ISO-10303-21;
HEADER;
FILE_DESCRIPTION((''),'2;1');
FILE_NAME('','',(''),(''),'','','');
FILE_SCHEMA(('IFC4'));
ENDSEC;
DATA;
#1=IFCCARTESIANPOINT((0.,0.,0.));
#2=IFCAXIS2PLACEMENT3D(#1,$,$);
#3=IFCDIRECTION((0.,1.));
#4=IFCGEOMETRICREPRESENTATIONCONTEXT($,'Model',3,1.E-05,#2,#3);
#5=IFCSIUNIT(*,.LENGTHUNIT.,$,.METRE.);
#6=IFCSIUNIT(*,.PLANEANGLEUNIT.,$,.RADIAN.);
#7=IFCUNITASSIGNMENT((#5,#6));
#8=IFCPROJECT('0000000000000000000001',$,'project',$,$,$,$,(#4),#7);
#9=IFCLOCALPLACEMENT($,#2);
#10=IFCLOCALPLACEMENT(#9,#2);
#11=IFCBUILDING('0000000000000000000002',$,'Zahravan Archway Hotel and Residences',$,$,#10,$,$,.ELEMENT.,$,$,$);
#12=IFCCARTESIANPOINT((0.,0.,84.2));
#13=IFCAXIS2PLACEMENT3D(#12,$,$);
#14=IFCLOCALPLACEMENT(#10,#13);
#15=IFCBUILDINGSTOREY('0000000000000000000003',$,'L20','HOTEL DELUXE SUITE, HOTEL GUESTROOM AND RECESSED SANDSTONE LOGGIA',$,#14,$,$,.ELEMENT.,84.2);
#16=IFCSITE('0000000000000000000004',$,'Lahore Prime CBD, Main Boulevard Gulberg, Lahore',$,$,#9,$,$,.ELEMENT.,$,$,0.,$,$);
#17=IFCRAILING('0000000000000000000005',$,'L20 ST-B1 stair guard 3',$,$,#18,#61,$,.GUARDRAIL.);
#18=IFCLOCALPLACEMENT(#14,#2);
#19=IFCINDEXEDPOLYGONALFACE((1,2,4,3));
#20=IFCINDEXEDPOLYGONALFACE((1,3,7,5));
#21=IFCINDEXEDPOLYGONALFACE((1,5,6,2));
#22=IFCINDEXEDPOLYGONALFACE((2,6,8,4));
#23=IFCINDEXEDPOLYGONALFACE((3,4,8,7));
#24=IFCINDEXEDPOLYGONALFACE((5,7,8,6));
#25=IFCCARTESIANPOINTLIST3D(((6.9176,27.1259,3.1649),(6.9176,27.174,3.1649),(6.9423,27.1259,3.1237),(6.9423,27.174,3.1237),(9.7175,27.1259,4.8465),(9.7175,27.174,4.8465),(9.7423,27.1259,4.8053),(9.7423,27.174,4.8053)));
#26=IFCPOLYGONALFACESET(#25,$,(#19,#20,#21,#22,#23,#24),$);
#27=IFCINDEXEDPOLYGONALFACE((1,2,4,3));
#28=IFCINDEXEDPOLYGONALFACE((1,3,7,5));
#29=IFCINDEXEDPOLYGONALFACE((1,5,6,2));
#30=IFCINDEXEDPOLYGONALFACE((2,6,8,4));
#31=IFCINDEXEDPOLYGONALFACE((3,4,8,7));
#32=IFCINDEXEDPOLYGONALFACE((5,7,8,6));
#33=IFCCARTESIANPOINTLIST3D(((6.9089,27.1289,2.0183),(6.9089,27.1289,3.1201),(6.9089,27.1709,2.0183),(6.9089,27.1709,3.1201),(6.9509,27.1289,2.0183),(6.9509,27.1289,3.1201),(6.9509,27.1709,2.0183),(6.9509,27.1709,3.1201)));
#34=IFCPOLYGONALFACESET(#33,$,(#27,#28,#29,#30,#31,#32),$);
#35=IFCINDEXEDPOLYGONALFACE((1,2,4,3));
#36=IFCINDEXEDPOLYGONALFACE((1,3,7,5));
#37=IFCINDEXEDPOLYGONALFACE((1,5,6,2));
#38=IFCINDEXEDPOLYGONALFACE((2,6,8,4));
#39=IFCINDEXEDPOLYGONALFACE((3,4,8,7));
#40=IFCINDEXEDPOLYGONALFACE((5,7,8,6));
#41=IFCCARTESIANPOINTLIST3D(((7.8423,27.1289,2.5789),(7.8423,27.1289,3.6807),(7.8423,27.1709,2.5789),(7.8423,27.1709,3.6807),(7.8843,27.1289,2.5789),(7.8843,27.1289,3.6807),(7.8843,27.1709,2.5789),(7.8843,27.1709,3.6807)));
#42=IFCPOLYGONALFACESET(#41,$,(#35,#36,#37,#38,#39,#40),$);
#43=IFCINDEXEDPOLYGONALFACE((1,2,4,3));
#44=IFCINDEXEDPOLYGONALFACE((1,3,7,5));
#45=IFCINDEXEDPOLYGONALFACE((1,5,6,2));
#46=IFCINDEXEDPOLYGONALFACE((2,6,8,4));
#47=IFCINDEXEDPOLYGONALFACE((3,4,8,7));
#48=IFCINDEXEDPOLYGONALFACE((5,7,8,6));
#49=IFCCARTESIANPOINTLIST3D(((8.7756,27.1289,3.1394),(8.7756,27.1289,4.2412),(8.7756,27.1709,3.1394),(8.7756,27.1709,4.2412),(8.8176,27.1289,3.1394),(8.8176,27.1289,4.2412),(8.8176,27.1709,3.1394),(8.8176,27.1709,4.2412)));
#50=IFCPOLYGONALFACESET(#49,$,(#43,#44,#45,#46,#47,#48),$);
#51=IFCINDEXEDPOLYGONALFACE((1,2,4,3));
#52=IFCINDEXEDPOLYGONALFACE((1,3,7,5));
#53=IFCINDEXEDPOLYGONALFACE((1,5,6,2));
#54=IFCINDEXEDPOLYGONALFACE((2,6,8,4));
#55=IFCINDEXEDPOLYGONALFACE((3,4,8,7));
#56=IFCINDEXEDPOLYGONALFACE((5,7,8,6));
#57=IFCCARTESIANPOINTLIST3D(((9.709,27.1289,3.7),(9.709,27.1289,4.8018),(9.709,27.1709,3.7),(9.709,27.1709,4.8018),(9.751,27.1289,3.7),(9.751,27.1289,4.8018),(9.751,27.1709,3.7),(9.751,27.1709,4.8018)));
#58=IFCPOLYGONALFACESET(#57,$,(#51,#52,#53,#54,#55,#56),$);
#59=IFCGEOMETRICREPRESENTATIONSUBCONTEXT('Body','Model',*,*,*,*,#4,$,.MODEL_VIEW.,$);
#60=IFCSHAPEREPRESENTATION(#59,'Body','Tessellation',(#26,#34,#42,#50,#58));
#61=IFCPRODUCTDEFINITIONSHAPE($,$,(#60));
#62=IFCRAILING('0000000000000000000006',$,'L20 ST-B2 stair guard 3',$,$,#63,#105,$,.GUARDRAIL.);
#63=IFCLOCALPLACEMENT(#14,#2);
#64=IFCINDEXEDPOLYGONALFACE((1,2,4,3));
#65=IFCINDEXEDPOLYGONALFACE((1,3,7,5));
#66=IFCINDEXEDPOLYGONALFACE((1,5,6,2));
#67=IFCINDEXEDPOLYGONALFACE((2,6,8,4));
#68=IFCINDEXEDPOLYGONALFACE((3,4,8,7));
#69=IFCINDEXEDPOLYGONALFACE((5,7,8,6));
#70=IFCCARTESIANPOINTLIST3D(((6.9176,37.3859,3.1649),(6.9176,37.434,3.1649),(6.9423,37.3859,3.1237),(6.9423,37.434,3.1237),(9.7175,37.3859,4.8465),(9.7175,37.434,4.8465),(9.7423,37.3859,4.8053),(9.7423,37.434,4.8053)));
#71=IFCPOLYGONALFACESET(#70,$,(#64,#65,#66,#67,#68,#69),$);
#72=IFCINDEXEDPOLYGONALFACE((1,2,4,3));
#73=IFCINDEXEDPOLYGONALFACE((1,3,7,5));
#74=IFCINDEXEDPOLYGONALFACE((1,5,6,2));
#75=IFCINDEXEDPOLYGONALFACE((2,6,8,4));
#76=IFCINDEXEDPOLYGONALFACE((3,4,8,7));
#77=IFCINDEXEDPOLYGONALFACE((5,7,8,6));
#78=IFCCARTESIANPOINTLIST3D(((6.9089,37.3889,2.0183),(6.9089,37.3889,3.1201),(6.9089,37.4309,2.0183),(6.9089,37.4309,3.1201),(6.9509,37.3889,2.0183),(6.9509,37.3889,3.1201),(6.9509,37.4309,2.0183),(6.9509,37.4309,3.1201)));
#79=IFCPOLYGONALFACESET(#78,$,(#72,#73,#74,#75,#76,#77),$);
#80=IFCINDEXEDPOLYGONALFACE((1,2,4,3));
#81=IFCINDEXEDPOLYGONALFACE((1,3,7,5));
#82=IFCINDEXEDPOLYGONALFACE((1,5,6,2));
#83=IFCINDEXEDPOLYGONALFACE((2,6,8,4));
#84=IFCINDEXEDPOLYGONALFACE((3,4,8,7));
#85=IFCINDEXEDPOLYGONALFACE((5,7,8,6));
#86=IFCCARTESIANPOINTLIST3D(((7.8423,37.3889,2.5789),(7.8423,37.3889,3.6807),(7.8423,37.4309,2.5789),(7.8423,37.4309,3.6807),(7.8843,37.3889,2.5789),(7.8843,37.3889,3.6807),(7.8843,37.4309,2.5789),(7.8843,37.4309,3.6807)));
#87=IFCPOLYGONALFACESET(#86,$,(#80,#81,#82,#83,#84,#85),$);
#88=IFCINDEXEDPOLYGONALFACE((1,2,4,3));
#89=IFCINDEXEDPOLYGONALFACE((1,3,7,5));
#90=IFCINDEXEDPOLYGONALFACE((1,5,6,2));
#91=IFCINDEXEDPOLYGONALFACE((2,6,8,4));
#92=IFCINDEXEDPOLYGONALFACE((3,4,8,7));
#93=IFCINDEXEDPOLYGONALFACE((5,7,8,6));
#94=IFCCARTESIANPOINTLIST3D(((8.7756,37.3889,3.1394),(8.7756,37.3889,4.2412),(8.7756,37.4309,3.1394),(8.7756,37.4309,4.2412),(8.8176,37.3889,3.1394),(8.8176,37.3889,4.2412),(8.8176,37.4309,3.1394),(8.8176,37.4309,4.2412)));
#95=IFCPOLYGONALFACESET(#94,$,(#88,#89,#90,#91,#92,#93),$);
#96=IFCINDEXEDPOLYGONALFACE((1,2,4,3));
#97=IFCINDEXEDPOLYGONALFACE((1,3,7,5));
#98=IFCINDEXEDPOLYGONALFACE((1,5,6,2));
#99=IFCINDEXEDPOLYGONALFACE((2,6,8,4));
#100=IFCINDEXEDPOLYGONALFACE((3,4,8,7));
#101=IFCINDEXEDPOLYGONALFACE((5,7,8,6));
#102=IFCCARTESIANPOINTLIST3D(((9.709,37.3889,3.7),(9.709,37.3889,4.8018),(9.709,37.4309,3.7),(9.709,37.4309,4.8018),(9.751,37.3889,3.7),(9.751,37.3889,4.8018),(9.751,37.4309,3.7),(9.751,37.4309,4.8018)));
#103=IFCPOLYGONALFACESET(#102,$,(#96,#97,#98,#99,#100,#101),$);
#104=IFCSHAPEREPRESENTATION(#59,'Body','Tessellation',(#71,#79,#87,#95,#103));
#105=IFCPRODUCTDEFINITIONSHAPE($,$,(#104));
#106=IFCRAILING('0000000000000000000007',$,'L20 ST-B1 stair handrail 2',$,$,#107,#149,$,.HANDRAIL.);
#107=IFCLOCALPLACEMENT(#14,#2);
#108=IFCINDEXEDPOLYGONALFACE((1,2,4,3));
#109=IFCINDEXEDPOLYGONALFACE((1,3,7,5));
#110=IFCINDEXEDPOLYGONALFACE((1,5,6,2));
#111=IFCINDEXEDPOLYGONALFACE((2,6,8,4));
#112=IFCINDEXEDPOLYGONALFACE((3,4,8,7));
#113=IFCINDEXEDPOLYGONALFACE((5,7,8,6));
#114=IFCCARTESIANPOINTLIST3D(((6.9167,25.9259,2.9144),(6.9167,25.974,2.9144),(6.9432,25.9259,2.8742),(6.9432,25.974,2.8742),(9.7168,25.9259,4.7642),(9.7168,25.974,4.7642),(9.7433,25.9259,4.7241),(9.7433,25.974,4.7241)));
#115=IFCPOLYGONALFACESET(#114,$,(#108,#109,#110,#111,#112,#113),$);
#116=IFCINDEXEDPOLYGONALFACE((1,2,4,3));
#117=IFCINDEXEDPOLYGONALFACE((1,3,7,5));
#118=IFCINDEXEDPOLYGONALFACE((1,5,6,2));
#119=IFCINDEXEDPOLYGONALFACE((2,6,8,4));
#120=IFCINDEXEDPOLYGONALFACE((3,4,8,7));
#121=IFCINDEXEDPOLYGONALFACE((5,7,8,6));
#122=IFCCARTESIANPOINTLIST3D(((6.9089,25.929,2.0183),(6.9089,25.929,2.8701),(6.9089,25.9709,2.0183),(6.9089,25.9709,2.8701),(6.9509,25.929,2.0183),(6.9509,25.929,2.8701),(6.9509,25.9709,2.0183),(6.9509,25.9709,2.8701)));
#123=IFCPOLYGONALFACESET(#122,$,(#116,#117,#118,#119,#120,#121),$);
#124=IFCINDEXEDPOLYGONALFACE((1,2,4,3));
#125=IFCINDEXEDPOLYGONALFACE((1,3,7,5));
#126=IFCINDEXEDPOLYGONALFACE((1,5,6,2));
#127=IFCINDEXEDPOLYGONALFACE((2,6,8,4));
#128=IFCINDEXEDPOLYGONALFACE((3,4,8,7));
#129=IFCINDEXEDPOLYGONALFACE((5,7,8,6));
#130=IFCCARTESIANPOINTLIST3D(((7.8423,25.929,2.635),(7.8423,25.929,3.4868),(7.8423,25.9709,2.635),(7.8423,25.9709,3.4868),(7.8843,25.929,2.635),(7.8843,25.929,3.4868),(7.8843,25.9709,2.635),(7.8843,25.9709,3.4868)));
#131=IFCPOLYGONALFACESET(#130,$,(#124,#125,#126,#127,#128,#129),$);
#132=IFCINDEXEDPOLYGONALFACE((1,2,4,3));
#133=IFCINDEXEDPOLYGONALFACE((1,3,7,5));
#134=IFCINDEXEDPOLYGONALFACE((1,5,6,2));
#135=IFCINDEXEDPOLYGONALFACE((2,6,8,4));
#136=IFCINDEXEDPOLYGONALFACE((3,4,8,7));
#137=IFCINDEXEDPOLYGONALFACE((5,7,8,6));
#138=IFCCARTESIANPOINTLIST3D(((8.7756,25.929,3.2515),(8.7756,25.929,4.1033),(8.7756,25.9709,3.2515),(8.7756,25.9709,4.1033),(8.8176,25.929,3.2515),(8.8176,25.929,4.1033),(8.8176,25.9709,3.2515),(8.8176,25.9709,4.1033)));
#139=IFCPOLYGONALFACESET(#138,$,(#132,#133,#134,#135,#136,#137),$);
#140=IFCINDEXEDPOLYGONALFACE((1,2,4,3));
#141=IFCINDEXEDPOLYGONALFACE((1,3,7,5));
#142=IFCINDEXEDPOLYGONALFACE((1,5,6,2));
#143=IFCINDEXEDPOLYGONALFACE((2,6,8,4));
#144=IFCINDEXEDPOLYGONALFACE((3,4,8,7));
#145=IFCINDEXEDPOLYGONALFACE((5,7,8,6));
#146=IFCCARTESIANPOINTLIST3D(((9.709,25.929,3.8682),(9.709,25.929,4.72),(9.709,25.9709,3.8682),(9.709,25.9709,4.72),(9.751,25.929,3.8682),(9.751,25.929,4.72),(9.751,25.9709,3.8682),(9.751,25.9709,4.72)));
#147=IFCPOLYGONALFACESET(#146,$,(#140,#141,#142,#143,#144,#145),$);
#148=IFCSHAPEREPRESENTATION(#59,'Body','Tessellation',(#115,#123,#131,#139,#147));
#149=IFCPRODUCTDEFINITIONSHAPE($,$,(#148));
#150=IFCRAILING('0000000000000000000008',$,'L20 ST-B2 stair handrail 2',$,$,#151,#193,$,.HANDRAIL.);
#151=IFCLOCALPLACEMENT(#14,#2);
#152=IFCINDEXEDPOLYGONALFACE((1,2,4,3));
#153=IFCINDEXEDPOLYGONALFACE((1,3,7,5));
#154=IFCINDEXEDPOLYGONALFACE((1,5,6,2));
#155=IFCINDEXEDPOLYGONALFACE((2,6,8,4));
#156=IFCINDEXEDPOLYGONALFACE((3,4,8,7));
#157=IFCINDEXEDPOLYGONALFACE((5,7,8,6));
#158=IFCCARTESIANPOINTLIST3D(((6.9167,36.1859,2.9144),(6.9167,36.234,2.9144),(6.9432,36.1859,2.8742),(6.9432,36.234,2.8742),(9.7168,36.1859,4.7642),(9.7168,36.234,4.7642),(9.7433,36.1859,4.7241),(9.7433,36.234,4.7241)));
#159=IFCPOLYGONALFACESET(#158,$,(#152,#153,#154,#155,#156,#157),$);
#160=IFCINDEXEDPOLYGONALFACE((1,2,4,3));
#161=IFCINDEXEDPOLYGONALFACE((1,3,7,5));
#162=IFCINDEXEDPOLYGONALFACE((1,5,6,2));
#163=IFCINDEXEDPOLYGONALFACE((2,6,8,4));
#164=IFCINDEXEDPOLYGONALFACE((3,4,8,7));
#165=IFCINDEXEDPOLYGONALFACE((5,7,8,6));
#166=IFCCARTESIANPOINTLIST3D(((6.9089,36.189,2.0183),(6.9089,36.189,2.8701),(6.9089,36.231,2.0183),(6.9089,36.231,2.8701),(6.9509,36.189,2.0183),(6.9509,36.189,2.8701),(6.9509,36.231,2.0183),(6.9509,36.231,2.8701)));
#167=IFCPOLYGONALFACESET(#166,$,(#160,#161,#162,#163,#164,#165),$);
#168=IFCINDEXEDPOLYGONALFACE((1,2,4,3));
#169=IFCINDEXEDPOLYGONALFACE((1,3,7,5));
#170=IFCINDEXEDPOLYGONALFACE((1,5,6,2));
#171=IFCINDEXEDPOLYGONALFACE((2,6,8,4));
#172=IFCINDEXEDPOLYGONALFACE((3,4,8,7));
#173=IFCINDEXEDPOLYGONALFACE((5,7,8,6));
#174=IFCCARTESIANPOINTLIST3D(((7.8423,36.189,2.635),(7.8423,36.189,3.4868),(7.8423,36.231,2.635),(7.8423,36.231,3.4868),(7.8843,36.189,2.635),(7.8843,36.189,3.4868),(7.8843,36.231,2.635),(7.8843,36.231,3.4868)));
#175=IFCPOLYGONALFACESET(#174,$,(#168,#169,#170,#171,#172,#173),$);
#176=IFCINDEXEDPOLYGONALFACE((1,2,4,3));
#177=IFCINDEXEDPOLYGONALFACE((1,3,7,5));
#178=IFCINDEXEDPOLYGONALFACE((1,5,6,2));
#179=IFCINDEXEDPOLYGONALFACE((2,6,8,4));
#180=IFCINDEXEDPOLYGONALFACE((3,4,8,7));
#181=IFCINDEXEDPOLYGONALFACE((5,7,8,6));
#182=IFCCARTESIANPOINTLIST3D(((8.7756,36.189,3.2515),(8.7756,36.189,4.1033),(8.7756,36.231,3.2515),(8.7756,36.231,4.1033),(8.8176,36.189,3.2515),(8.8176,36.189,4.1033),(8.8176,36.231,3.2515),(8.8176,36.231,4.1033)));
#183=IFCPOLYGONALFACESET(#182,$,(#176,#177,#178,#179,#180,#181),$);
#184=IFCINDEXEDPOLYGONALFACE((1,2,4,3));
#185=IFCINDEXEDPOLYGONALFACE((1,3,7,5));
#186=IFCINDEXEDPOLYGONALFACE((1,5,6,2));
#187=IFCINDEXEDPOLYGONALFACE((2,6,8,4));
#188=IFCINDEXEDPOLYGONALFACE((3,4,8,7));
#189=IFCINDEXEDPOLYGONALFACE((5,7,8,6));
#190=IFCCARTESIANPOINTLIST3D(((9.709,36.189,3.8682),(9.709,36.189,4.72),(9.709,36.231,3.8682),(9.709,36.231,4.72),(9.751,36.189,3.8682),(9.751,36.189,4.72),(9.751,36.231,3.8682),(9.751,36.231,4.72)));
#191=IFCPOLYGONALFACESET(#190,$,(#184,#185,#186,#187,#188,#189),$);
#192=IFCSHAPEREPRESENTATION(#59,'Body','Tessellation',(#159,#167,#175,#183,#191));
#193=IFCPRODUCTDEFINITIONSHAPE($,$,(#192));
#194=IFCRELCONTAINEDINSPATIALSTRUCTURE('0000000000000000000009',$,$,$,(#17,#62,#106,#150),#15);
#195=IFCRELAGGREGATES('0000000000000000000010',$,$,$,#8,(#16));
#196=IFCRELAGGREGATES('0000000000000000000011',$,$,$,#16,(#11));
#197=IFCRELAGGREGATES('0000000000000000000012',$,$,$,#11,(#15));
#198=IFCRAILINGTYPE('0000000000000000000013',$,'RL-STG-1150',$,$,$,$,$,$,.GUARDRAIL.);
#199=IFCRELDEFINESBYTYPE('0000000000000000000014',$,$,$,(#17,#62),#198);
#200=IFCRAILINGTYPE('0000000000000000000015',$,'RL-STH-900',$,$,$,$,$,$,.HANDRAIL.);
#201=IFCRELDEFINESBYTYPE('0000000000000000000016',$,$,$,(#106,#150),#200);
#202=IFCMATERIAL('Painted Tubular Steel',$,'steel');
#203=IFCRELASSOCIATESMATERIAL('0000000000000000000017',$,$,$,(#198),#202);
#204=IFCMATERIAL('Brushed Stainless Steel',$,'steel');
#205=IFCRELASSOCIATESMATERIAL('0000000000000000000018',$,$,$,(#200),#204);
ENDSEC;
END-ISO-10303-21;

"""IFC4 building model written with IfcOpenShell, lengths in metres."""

from ifc_helpers import new_model, si_unit, direction, frame, origin, origin_2d, place, context, subcontext, project, spatial, rectangle, extrude, material, type_object, element, save


model = new_model("IFC4")

# Units and contexts
model_context = context("Model", 3, precision=1e-05, world=origin(), true_north=direction((0.0, 1.0)))
body_context = subcontext(model_context, "Body", "Model", "MODEL_VIEW")
ifc_project = project(units=[si_unit("LENGTHUNIT", "METRE"), si_unit("PLANEANGLEUNIT", "RADIAN")], contexts=[model_context])

# Site, building, storey
site_placement = place(None, origin())
site = spatial("IfcSite", under=ifc_project, at=site_placement, Name="Lahore Prime CBD, Main Boulevard Gulberg, Lahore", CompositionType="ELEMENT", RefElevation=0.0)
building_placement = place(site_placement, origin())
building = spatial("IfcBuilding", under=site, at=building_placement, Name="Zahravan Archway Hotel and Residences", CompositionType="ELEMENT")
storey_placement = place(building_placement, frame((0.0, 0.0, 84.2)))
storey = spatial("IfcBuildingStorey", under=building, at=storey_placement, Name="L20", Description="HOTEL DELUXE SUITE, HOTEL GUESTROOM AND RECESSED SANDSTONE LOGGIA", CompositionType="ELEMENT", Elevation=84.2)

# Shared definitions
ifc_material_1 = material(Name="Brushed Stainless Steel", Category="steel")

# Railings
ifc_material_2 = material(Name="Painted Tubular Steel", Category="steel")
railing_type_1 = type_object("IfcRailingType", Name="RL-STG-1150", PredefinedType="GUARDRAIL", material=ifc_material_2)
for number, where, name in (
    (1, (6.9299, 27.1499, 2.0183), "L20 ST-B1 stair guard 3"),
    (2, (6.9299, 37.4099, 2.0183), "L20 ST-B2 stair guard 3"),
):
    element("IfcRailing", number, at=place(storey_placement, frame(where)), inside=storey, type_object=railing_type_1, Name=name, PredefinedType="GUARDRAIL", context=body_context, shape_type="SweptSolid", body=[
        extrude(rectangle(XDim=0.0481, YDim=0.0481, at=origin_2d()), frame((0.0, 0.0, 1.126), z_axis=(0.857275, 0.0, 0.514858), x_axis=(0.0, 1.0, 0.0)), (0.0, 0.0, 1.0), 3.2661),
        extrude(rectangle(XDim=0.042, YDim=0.042, at=origin_2d()), origin(), (0.0, 0.0, 1.0), 1.1018),
        extrude(rectangle(XDim=0.042, YDim=0.042, at=origin_2d()), frame((0.9333, 0.0, 0.5605)), (0.0, 0.0, 1.0), 1.1018),
        extrude(rectangle(XDim=0.042, YDim=0.042, at=origin_2d()), frame((1.8667, 0.0, 1.1211)), (0.0, 0.0, 1.0), 1.1018),
        extrude(rectangle(XDim=0.042, YDim=0.042, at=origin_2d()), frame((2.8, 0.0, 1.6816)), (0.0, 0.0, 1.0), 1.1018),
    ])
railing_type_2 = type_object("IfcRailingType", Name="RL-STH-900", PredefinedType="HANDRAIL", material=ifc_material_1)
for number, where, name in (
    (3, (6.9299, 25.95, 2.0183), "L20 ST-B1 stair handrail 2"),
    (4, (6.9299, 36.21, 2.0183), "L20 ST-B2 stair handrail 2"),
):
    element("IfcRailing", number, at=place(storey_placement, frame(where)), inside=storey, type_object=railing_type_2, Name=name, PredefinedType="HANDRAIL", context=body_context, shape_type="SweptSolid", body=[
        extrude(rectangle(XDim=0.0481, YDim=0.0481, at=origin_2d()), frame((0.0, 0.0, 0.876), z_axis=(0.83436, 0.0, 0.55122), x_axis=(0.0, 1.0, 0.0)), (0.0, 0.0, 1.0), 3.356),
        extrude(rectangle(XDim=0.042, YDim=0.042, at=origin_2d()), origin(), (0.0, 0.0, 1.0), 0.8518),
        extrude(rectangle(XDim=0.042, YDim=0.042, at=origin_2d()), frame((0.9333, 0.0, 0.6167)), (0.0, 0.0, 1.0), 0.8518),
        extrude(rectangle(XDim=0.042, YDim=0.042, at=origin_2d()), frame((1.8667, 0.0, 1.2332)), (0.0, 0.0, 1.0), 0.8518),
        extrude(rectangle(XDim=0.042, YDim=0.042, at=origin_2d()), frame((2.8, 0.0, 1.8499)), (0.0, 0.0, 1.0), 0.8518),
    ])

save(model, "model.ifc")
